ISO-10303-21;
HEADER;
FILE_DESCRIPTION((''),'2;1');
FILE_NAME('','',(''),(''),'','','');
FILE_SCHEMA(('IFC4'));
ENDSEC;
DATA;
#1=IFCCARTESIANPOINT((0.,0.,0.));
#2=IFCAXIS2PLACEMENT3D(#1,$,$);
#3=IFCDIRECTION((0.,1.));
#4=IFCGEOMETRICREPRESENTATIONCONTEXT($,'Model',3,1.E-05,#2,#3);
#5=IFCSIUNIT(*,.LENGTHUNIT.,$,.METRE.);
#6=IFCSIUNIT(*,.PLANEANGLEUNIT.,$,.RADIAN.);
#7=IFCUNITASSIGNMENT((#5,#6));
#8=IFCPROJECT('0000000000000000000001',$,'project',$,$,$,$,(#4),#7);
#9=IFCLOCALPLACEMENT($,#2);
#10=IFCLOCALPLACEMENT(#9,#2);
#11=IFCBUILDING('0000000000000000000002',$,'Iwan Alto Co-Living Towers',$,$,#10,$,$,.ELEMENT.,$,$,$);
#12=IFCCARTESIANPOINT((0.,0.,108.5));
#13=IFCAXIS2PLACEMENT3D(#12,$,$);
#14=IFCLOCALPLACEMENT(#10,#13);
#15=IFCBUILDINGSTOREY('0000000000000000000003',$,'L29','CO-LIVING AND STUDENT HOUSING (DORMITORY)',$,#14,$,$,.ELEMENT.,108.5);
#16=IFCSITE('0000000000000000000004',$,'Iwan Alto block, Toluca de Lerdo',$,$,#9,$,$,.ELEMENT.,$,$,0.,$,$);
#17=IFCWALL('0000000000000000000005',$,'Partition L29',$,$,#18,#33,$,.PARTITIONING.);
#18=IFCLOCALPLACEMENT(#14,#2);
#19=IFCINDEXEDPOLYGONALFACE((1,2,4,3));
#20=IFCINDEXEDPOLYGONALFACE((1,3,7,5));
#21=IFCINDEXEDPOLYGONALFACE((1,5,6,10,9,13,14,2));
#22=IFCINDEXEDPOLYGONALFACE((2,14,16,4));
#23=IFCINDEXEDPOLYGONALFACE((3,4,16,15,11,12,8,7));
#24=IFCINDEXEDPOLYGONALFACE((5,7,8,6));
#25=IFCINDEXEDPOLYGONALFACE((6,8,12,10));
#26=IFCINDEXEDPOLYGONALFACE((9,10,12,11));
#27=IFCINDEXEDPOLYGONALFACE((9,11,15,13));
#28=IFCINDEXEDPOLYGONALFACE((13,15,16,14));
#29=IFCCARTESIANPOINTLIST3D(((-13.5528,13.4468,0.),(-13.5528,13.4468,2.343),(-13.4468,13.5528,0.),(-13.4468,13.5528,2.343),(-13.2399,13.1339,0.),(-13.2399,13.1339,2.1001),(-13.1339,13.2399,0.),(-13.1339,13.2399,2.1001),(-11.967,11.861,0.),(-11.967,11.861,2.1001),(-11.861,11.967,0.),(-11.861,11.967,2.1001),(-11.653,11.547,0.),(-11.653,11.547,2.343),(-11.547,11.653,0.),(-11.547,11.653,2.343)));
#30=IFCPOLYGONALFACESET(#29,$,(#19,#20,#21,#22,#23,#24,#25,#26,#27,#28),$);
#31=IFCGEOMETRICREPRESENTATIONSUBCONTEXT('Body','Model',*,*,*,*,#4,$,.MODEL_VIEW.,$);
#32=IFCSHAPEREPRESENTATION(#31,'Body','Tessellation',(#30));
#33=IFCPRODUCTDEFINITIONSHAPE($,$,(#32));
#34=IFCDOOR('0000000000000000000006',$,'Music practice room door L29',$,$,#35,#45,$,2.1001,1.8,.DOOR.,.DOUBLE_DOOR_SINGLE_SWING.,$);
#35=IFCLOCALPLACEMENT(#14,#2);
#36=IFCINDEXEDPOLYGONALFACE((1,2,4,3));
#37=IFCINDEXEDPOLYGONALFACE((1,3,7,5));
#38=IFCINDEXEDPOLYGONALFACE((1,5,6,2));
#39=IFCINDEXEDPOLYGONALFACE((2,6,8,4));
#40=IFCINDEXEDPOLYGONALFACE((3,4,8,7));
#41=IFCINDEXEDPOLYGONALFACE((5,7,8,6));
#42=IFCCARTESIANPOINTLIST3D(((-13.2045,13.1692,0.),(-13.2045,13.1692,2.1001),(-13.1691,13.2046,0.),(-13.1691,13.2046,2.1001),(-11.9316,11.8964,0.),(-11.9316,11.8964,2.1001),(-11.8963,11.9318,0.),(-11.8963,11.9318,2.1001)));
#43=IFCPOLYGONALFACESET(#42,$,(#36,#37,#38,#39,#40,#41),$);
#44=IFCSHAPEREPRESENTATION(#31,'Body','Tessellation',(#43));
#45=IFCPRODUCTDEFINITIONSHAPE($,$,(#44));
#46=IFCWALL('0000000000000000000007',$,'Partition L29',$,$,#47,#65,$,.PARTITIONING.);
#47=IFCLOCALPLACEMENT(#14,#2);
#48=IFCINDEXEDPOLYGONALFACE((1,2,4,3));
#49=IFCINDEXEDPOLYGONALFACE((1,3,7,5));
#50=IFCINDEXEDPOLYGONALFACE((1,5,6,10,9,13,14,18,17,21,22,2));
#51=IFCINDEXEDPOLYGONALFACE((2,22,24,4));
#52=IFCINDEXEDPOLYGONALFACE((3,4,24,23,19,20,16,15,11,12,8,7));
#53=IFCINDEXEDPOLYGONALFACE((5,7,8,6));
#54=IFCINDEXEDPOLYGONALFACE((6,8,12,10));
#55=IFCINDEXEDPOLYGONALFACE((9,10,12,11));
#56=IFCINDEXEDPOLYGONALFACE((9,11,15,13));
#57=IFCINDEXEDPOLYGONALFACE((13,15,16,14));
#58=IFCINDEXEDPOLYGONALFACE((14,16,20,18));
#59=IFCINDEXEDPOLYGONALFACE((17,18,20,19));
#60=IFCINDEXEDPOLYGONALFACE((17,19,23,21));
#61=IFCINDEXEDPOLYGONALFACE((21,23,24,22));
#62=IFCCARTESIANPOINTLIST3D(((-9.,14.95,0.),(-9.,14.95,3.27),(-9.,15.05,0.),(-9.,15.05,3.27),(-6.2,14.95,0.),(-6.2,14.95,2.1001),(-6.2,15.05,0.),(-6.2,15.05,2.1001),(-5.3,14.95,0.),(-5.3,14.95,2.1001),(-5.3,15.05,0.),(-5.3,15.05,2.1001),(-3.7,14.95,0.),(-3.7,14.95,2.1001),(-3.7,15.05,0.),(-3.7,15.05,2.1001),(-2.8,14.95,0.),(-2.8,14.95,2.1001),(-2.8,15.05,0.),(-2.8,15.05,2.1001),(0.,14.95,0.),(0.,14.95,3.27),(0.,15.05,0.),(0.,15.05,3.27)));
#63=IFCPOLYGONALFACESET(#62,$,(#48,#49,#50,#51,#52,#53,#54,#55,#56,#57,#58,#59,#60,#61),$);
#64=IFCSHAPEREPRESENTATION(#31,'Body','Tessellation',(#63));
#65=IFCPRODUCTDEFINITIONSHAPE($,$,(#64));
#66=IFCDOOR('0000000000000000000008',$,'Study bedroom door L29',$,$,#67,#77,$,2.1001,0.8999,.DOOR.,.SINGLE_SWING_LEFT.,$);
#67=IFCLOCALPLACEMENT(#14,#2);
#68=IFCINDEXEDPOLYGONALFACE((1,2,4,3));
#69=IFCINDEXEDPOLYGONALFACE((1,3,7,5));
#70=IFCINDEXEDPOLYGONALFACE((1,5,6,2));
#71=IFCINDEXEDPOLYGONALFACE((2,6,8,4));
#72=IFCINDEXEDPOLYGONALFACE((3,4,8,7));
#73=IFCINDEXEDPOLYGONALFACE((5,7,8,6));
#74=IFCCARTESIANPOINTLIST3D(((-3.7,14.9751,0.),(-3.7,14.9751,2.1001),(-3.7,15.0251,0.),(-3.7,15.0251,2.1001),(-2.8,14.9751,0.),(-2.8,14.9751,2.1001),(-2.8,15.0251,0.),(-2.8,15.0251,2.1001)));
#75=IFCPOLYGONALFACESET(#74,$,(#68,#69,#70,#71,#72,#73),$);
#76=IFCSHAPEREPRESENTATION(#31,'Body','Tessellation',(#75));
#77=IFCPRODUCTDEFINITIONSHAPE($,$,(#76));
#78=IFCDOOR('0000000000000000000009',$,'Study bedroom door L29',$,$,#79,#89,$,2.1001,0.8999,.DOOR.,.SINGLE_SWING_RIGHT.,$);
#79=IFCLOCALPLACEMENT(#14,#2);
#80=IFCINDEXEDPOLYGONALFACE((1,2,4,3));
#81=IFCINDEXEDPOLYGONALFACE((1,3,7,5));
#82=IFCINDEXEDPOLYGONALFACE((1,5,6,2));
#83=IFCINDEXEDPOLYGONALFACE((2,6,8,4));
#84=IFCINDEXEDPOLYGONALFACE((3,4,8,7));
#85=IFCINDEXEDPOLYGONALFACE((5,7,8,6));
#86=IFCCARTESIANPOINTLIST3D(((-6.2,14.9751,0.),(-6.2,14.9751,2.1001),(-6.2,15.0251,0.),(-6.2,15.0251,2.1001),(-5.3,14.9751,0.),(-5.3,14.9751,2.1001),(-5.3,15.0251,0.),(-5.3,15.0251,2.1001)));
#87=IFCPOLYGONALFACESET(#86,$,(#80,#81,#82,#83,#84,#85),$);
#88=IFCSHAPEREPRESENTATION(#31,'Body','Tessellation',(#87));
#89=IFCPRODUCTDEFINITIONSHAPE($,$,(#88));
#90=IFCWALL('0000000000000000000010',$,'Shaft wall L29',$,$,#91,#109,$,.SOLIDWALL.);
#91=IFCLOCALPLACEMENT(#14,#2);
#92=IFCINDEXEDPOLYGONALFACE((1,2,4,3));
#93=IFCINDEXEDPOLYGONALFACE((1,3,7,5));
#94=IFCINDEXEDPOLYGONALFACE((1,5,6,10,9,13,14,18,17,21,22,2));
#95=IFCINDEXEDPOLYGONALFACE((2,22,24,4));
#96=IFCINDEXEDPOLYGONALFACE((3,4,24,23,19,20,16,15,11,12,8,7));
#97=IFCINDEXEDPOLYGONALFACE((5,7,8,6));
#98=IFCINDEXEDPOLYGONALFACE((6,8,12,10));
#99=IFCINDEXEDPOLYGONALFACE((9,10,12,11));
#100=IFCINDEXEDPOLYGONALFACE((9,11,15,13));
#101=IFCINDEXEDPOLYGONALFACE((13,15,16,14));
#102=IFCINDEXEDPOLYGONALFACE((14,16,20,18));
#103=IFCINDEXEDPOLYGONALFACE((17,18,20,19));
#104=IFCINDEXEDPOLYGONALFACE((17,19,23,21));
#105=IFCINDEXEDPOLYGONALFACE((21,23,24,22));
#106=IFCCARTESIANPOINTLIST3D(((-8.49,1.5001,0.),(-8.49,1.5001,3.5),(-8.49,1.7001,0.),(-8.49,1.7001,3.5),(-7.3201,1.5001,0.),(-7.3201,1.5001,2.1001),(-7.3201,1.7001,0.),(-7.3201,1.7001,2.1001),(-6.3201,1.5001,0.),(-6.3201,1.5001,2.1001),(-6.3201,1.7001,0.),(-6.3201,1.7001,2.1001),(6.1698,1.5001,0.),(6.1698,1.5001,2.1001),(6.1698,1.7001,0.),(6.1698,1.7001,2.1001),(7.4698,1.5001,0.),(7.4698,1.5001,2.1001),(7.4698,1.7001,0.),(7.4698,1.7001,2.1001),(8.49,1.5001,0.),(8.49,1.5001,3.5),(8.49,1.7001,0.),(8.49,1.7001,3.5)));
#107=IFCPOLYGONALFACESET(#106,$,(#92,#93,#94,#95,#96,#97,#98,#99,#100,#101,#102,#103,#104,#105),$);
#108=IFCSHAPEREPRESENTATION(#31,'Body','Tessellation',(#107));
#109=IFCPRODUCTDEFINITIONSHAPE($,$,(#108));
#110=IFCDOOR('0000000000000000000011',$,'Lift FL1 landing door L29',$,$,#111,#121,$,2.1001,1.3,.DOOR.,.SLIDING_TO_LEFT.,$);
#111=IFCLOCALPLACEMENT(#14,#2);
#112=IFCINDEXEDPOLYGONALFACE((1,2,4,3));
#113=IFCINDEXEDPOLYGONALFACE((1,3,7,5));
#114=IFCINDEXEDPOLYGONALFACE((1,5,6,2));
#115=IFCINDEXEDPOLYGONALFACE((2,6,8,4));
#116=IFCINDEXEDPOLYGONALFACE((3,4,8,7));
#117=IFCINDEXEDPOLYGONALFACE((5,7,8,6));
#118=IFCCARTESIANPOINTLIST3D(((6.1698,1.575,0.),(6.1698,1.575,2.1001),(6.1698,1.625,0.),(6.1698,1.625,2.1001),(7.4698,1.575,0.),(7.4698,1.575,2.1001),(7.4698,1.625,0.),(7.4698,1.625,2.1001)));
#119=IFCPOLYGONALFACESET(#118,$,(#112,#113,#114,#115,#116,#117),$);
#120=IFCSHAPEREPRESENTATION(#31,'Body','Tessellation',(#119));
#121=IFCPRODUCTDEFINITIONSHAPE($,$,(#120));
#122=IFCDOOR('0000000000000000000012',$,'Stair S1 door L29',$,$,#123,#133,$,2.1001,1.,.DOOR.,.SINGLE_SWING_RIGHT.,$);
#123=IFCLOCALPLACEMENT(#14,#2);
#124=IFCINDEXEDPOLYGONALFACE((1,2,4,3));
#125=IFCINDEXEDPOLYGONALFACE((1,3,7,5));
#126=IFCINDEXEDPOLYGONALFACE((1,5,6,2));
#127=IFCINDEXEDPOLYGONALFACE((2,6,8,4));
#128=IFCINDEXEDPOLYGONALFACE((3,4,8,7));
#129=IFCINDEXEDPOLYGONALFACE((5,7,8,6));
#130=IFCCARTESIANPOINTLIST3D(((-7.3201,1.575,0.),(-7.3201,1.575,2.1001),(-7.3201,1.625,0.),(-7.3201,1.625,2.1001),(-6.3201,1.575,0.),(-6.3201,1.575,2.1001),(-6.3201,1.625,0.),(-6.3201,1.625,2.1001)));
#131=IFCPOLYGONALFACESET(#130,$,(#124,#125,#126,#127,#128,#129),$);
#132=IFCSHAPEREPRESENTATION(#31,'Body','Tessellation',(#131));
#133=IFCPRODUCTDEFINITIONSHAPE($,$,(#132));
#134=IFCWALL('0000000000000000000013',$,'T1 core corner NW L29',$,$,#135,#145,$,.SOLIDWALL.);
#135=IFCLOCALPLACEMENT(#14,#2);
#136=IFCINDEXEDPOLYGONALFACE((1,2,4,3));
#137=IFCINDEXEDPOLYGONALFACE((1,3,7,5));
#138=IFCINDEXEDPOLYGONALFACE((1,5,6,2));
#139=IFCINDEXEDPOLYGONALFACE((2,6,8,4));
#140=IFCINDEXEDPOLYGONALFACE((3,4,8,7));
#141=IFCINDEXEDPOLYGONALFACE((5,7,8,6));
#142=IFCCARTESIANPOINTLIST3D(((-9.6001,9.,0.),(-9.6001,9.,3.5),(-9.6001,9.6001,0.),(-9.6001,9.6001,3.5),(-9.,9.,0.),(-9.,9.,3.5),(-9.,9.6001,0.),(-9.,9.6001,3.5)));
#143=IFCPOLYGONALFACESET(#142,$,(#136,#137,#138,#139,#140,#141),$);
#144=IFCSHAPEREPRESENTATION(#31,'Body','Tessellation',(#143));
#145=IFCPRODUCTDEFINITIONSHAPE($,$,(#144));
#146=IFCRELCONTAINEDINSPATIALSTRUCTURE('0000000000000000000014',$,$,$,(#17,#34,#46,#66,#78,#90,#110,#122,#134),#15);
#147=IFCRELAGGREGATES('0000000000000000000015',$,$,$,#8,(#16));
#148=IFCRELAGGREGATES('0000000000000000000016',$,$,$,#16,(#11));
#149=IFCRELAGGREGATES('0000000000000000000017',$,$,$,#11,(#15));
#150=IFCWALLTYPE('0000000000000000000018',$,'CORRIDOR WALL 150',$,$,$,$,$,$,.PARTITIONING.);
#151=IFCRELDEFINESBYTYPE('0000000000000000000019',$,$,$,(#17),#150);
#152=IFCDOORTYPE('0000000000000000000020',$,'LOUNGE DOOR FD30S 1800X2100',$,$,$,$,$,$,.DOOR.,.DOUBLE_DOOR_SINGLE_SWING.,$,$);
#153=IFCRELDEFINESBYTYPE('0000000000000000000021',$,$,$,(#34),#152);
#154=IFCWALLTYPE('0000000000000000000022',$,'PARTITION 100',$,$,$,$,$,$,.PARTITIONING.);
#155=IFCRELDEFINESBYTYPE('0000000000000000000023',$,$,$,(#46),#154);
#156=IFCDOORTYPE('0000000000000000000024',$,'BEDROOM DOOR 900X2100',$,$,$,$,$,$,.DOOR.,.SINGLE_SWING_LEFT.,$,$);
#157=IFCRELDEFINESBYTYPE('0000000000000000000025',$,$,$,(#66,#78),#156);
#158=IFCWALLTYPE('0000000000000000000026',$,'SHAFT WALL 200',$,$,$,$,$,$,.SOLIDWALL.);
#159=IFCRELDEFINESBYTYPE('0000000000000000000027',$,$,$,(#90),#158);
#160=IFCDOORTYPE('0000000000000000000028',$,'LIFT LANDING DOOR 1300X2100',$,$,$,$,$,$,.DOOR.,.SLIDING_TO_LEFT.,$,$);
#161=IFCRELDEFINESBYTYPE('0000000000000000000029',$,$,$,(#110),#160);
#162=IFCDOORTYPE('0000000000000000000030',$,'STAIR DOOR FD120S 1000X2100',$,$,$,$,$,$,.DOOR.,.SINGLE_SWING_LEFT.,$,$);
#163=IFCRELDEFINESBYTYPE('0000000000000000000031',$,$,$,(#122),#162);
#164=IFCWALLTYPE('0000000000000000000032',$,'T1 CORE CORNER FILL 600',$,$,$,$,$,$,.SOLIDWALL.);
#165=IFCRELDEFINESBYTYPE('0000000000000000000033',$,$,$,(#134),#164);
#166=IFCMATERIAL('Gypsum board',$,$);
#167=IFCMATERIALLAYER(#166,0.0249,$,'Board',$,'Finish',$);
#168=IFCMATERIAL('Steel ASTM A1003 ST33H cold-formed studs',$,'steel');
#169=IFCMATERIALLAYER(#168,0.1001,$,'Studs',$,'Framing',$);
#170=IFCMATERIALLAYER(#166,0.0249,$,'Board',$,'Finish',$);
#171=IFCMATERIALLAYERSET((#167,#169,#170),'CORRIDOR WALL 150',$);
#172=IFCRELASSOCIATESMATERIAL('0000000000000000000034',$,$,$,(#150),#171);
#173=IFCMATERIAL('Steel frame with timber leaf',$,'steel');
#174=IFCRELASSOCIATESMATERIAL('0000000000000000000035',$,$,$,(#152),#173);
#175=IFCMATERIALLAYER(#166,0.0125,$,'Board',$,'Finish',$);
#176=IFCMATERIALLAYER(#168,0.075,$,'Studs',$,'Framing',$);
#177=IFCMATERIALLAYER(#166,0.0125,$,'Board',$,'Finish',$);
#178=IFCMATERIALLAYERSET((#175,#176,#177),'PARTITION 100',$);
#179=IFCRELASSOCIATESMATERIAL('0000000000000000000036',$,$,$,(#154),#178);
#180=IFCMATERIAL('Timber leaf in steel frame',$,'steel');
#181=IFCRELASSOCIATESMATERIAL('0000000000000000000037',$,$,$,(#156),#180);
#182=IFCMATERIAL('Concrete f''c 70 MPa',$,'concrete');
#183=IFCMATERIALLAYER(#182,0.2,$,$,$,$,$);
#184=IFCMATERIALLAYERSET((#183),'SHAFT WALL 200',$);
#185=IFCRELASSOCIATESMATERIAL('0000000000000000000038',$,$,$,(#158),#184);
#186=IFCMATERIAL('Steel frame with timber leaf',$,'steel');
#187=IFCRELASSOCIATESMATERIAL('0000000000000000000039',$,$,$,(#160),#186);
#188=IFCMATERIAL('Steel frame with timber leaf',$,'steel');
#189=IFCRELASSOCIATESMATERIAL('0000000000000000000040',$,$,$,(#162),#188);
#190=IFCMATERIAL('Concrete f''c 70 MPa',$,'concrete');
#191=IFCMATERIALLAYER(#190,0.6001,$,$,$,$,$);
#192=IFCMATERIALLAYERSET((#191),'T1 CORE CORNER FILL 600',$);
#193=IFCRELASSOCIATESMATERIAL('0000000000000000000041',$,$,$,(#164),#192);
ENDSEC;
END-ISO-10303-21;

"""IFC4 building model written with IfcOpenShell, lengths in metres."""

from ifc_helpers import new_model, si_unit, direction, frame, frame_2d, origin, place, context, subcontext, project, spatial, rectangle, extrude, material, layer, layer_set, type_object, element, fill, save


model = new_model("IFC4")

# Units and contexts
model_context = context("Model", 3, precision=1e-05, world=origin(), true_north=direction((0.0, 1.0)))
body_context = subcontext(model_context, "Body", "Model", "MODEL_VIEW")
ifc_project = project(units=[si_unit("LENGTHUNIT", "METRE"), si_unit("PLANEANGLEUNIT", "RADIAN")], contexts=[model_context])

# Site, building, storey
site_placement = place(None, origin())
site = spatial("IfcSite", under=ifc_project, at=site_placement, Name="Iwan Alto block, Toluca de Lerdo", CompositionType="ELEMENT", RefElevation=0.0)
building_placement = place(site_placement, origin())
building = spatial("IfcBuilding", under=site, at=building_placement, Name="Iwan Alto Co-Living Towers", CompositionType="ELEMENT")
storey_placement = place(building_placement, frame((0.0, 0.0, 108.5)))
storey = spatial("IfcBuildingStorey", under=building, at=storey_placement, Name="L29", Description="CO-LIVING AND STUDENT HOUSING (DORMITORY)", CompositionType="ELEMENT", Elevation=108.5)

# Shared definitions
ifc_material_1 = material(Name="Gypsum board")
ifc_layer_1 = layer(ifc_material_1, 0.0249, Name="Board", Category="Finish")
ifc_material_2 = material(Name="Steel ASTM A1003 ST33H cold-formed studs", Category="steel")
ifc_layer_2 = layer(ifc_material_2, 0.1001, Name="Studs", Category="Framing")
ifc_layer_3 = layer(ifc_material_1, 0.0249, Name="Board", Category="Finish")
ifc_layer_set_1 = layer_set([ifc_layer_1, ifc_layer_2, ifc_layer_3], Name="CORRIDOR WALL 150")
wall_type_1 = type_object("IfcWallType", Name="CORRIDOR WALL 150", PredefinedType="PARTITIONING", material=ifc_layer_set_1)
ifc_material_3 = material(Name="Steel frame with timber leaf", Category="steel")
door_type_1 = type_object("IfcDoorType", Name="LOUNGE DOOR FD30S 1800X2100", OperationType="DOUBLE_DOOR_SINGLE_SWING", PredefinedType="DOOR", material=ifc_material_3)

# Wall, opening, door
wall_1_placement = place(storey_placement, frame((-11.6001, 11.6001, 0.0), z_axis=(0.0, 0.0, 1.0), x_axis=(-0.707107, 0.707107, 0.0)))
wall_1 = element("IfcWall", 1, at=wall_1_placement, inside=storey, type_object=wall_type_1, Name="Partition L29", PredefinedType="PARTITIONING", context=body_context, shape_type="SweptSolid", body=[
    extrude(rectangle(XDim=2.6868, YDim=0.1499, at=frame_2d((1.3433, 0.0))), origin(), (0.0, 0.0, 1.0), 2.343),
])
opening_1_placement = place(wall_1_placement, frame((0.4441, 0.0, 0.0)))
opening_1 = element("IfcOpeningElement", 2, at=opening_1_placement, cuts=wall_1, PredefinedType="OPENING", context=body_context, shape_type="SweptSolid", body=[
    extrude(rectangle(XDim=1.8, YDim=2.1001, at=frame_2d((0.8999, 1.05))), frame((0.0, 0.085, 0.0), z_axis=(0.0, -1.0, 0.0), x_axis=(1.0, 0.0, 0.0)), (0.0, 0.0, 1.0), 0.1699),
])
door_1_placement = place(opening_1_placement, origin())
door_1 = element("IfcDoor", 3, at=door_1_placement, inside=storey, type_object=door_type_1, Name="Music practice room door L29", OperationType="DOUBLE_DOOR_SINGLE_SWING", OverallHeight=2.1001, OverallWidth=1.8, PredefinedType="DOOR", context=body_context, shape_type="SweptSolid", body=[
    extrude(rectangle(XDim=1.8, YDim=2.1001, at=frame_2d((0.8999, 1.05))), frame((0.0, 0.0249, 0.0), z_axis=(0.0, -1.0, 0.0), x_axis=(1.0, 0.0, 0.0)), (0.0, 0.0, 1.0), 0.05),
])
fill(opening_1, door_1)

# Walls, openings, doors
ifc_layer_4 = layer(ifc_material_1, 0.0125, Name="Board", Category="Finish")
ifc_layer_5 = layer(ifc_material_2, 0.075, Name="Studs", Category="Framing")
ifc_layer_6 = layer(ifc_material_1, 0.0125, Name="Board", Category="Finish")
ifc_layer_set_2 = layer_set([ifc_layer_4, ifc_layer_5, ifc_layer_6], Name="PARTITION 100")
wall_type_2 = type_object("IfcWallType", Name="PARTITION 100", PredefinedType="PARTITIONING", material=ifc_layer_set_2)
wall_2_placement = place(storey_placement, frame((-9.0, 15.0, 0.0), z_axis=(0.0, 0.0, 1.0), x_axis=(1.0, 0.0, 0.0)))
wall_2 = element("IfcWall", 4, at=wall_2_placement, inside=storey, type_object=wall_type_2, Name="Partition L29", PredefinedType="PARTITIONING", context=body_context, shape_type="SweptSolid", body=[
    extrude(rectangle(XDim=9.0, YDim=0.1001, at=frame_2d((4.5, 0.0))), origin(), (0.0, 0.0, 1.0), 3.27),
])
opening_2_placement = place(wall_2_placement, frame((5.3, 0.0, 0.0)))
opening_2 = element("IfcOpeningElement", 5, at=opening_2_placement, cuts=wall_2, PredefinedType="OPENING", context=body_context, shape_type="SweptSolid", body=[
    extrude(rectangle(XDim=0.8999, YDim=2.1001, at=frame_2d((0.45, 1.05))), frame((0.0, 0.0601, 0.0), z_axis=(0.0, -1.0, 0.0), x_axis=(1.0, 0.0, 0.0)), (0.0, 0.0, 1.0), 0.1201),
])
opening_3_placement = place(wall_2_placement, frame((2.8, 0.0, 0.0)))
opening_3 = element("IfcOpeningElement", 6, at=opening_3_placement, cuts=wall_2, PredefinedType="OPENING", context=body_context, shape_type="SweptSolid", body=[
    extrude(rectangle(XDim=0.8999, YDim=2.1001, at=frame_2d((0.45, 1.05))), frame((0.0, 0.0601, 0.0), z_axis=(0.0, -1.0, 0.0), x_axis=(1.0, 0.0, 0.0)), (0.0, 0.0, 1.0), 0.1201),
])
ifc_material_4 = material(Name="Timber leaf in steel frame", Category="steel")
door_type_2 = type_object("IfcDoorType", Name="BEDROOM DOOR 900X2100", OperationType="SINGLE_SWING_LEFT", PredefinedType="DOOR", material=ifc_material_4)
door_2_placement = place(opening_2_placement, frame((0.8999, 0.0, 0.0), z_axis=(0.0, 0.0, 1.0), x_axis=(-1.0, 0.0, 0.0)))
door_2 = element("IfcDoor", 7, at=door_2_placement, inside=storey, type_object=door_type_2, Name="Study bedroom door L29", OperationType="SINGLE_SWING_LEFT", OverallHeight=2.1001, OverallWidth=0.8999, PredefinedType="DOOR", context=body_context, shape_type="SweptSolid", body=[
    extrude(rectangle(XDim=0.8999, YDim=2.1001, at=frame_2d((0.45, 1.05))), frame((0.0, 0.0249, 0.0), z_axis=(0.0, -1.0, 0.0), x_axis=(1.0, 0.0, 0.0)), (0.0, 0.0, 1.0), 0.05),
])
fill(opening_2, door_2)
door_3_placement = place(opening_3_placement, frame((0.8999, 0.0, 0.0), z_axis=(0.0, 0.0, 1.0), x_axis=(-1.0, 0.0, 0.0)))
door_3 = element("IfcDoor", 8, at=door_3_placement, inside=storey, type_object=door_type_2, Name="Study bedroom door L29", OperationType="SINGLE_SWING_RIGHT", OverallHeight=2.1001, OverallWidth=0.8999, PredefinedType="DOOR", context=body_context, shape_type="SweptSolid", body=[
    extrude(rectangle(XDim=0.8999, YDim=2.1001, at=frame_2d((0.45, 1.05))), frame((0.0, 0.0249, 0.0), z_axis=(0.0, -1.0, 0.0), x_axis=(1.0, 0.0, 0.0)), (0.0, 0.0, 1.0), 0.05),
])
fill(opening_3, door_3)
ifc_material_5 = material(Name="Concrete f'c 70 MPa", Category="concrete")
ifc_layer_7 = layer(ifc_material_5, 0.2)
ifc_layer_set_3 = layer_set([ifc_layer_7], Name="SHAFT WALL 200")
wall_type_3 = type_object("IfcWallType", Name="SHAFT WALL 200", PredefinedType="SOLIDWALL", material=ifc_layer_set_3)
wall_3_placement = place(storey_placement, frame((-8.49, 1.6001, 0.0), z_axis=(0.0, 0.0, 1.0), x_axis=(1.0, 0.0, 0.0)))
wall_3 = element("IfcWall", 9, at=wall_3_placement, inside=storey, type_object=wall_type_3, Name="Shaft wall L29", PredefinedType="SOLIDWALL", context=body_context, shape_type="SweptSolid", body=[
    extrude(rectangle(XDim=16.98, YDim=0.2, at=frame_2d((8.49, 0.0))), origin(), (0.0, 0.0, 1.0), 3.5),
])
opening_4_placement = place(wall_3_placement, frame((1.1699, 0.0, 0.0)))
opening_4 = element("IfcOpeningElement", 10, at=opening_4_placement, cuts=wall_3, PredefinedType="OPENING", context=body_context, shape_type="SweptSolid", body=[
    extrude(rectangle(XDim=1.0, YDim=2.1001, at=frame_2d((0.5, 1.05))), frame((0.0, 0.1099, 0.0), z_axis=(0.0, -1.0, 0.0), x_axis=(1.0, 0.0, 0.0)), (0.0, 0.0, 1.0), 0.22),
])
opening_5_placement = place(wall_3_placement, frame((14.6599, 0.0, 0.0)))
opening_5 = element("IfcOpeningElement", 11, at=opening_5_placement, cuts=wall_3, PredefinedType="OPENING", context=body_context, shape_type="SweptSolid", body=[
    extrude(rectangle(XDim=1.3, YDim=2.1001, at=frame_2d((0.6499, 1.05))), frame((0.0, 0.1099, 0.0), z_axis=(0.0, -1.0, 0.0), x_axis=(1.0, 0.0, 0.0)), (0.0, 0.0, 1.0), 0.22),
])
ifc_material_6 = material(Name="Steel frame with timber leaf", Category="steel")
door_type_3 = type_object("IfcDoorType", Name="LIFT LANDING DOOR 1300X2100", OperationType="SLIDING_TO_LEFT", PredefinedType="DOOR", material=ifc_material_6)
door_4_placement = place(opening_5_placement, origin())
door_4 = element("IfcDoor", 12, at=door_4_placement, inside=storey, type_object=door_type_3, Name="Lift FL1 landing door L29", OperationType="SLIDING_TO_LEFT", OverallHeight=2.1001, OverallWidth=1.3, PredefinedType="DOOR", context=body_context, shape_type="SweptSolid", body=[
    extrude(rectangle(XDim=1.3, YDim=2.1001, at=frame_2d((0.6499, 1.05))), frame((0.0, 0.0249, 0.0), z_axis=(0.0, -1.0, 0.0), x_axis=(1.0, 0.0, 0.0)), (0.0, 0.0, 1.0), 0.05),
])
fill(opening_5, door_4)
ifc_material_7 = material(Name="Steel frame with timber leaf", Category="steel")
door_type_4 = type_object("IfcDoorType", Name="STAIR DOOR FD120S 1000X2100", OperationType="SINGLE_SWING_LEFT", PredefinedType="DOOR", material=ifc_material_7)
door_5_placement = place(opening_4_placement, origin())
door_5 = element("IfcDoor", 13, at=door_5_placement, inside=storey, type_object=door_type_4, Name="Stair S1 door L29", OperationType="SINGLE_SWING_RIGHT", OverallHeight=2.1001, OverallWidth=1.0, PredefinedType="DOOR", context=body_context, shape_type="SweptSolid", body=[
    extrude(rectangle(XDim=1.0, YDim=2.1001, at=frame_2d((0.5, 1.05))), frame((0.0, 0.0249, 0.0), z_axis=(0.0, -1.0, 0.0), x_axis=(1.0, 0.0, 0.0)), (0.0, 0.0, 1.0), 0.05),
])
fill(opening_4, door_5)

# Wall
ifc_material_8 = material(Name="Concrete f'c 70 MPa", Category="concrete")
ifc_layer_8 = layer(ifc_material_8, 0.6001)
ifc_layer_set_4 = layer_set([ifc_layer_8], Name="T1 CORE CORNER FILL 600")
wall_type_4 = type_object("IfcWallType", Name="T1 CORE CORNER FILL 600", PredefinedType="SOLIDWALL", material=ifc_layer_set_4)
wall_4_placement = place(storey_placement, frame((-9.6001, 9.3, 0.0), z_axis=(0.0, 0.0, 1.0), x_axis=(1.0, 0.0, 0.0)))
element("IfcWall", 14, at=wall_4_placement, inside=storey, type_object=wall_type_4, Name="T1 core corner NW L29", PredefinedType="SOLIDWALL", context=body_context, shape_type="SweptSolid", body=[
    extrude(rectangle(XDim=0.6001, YDim=0.6001, at=frame_2d((0.3, 0.0))), origin(), (0.0, 0.0, 1.0), 3.5),
])

save(model, "model.ifc")
